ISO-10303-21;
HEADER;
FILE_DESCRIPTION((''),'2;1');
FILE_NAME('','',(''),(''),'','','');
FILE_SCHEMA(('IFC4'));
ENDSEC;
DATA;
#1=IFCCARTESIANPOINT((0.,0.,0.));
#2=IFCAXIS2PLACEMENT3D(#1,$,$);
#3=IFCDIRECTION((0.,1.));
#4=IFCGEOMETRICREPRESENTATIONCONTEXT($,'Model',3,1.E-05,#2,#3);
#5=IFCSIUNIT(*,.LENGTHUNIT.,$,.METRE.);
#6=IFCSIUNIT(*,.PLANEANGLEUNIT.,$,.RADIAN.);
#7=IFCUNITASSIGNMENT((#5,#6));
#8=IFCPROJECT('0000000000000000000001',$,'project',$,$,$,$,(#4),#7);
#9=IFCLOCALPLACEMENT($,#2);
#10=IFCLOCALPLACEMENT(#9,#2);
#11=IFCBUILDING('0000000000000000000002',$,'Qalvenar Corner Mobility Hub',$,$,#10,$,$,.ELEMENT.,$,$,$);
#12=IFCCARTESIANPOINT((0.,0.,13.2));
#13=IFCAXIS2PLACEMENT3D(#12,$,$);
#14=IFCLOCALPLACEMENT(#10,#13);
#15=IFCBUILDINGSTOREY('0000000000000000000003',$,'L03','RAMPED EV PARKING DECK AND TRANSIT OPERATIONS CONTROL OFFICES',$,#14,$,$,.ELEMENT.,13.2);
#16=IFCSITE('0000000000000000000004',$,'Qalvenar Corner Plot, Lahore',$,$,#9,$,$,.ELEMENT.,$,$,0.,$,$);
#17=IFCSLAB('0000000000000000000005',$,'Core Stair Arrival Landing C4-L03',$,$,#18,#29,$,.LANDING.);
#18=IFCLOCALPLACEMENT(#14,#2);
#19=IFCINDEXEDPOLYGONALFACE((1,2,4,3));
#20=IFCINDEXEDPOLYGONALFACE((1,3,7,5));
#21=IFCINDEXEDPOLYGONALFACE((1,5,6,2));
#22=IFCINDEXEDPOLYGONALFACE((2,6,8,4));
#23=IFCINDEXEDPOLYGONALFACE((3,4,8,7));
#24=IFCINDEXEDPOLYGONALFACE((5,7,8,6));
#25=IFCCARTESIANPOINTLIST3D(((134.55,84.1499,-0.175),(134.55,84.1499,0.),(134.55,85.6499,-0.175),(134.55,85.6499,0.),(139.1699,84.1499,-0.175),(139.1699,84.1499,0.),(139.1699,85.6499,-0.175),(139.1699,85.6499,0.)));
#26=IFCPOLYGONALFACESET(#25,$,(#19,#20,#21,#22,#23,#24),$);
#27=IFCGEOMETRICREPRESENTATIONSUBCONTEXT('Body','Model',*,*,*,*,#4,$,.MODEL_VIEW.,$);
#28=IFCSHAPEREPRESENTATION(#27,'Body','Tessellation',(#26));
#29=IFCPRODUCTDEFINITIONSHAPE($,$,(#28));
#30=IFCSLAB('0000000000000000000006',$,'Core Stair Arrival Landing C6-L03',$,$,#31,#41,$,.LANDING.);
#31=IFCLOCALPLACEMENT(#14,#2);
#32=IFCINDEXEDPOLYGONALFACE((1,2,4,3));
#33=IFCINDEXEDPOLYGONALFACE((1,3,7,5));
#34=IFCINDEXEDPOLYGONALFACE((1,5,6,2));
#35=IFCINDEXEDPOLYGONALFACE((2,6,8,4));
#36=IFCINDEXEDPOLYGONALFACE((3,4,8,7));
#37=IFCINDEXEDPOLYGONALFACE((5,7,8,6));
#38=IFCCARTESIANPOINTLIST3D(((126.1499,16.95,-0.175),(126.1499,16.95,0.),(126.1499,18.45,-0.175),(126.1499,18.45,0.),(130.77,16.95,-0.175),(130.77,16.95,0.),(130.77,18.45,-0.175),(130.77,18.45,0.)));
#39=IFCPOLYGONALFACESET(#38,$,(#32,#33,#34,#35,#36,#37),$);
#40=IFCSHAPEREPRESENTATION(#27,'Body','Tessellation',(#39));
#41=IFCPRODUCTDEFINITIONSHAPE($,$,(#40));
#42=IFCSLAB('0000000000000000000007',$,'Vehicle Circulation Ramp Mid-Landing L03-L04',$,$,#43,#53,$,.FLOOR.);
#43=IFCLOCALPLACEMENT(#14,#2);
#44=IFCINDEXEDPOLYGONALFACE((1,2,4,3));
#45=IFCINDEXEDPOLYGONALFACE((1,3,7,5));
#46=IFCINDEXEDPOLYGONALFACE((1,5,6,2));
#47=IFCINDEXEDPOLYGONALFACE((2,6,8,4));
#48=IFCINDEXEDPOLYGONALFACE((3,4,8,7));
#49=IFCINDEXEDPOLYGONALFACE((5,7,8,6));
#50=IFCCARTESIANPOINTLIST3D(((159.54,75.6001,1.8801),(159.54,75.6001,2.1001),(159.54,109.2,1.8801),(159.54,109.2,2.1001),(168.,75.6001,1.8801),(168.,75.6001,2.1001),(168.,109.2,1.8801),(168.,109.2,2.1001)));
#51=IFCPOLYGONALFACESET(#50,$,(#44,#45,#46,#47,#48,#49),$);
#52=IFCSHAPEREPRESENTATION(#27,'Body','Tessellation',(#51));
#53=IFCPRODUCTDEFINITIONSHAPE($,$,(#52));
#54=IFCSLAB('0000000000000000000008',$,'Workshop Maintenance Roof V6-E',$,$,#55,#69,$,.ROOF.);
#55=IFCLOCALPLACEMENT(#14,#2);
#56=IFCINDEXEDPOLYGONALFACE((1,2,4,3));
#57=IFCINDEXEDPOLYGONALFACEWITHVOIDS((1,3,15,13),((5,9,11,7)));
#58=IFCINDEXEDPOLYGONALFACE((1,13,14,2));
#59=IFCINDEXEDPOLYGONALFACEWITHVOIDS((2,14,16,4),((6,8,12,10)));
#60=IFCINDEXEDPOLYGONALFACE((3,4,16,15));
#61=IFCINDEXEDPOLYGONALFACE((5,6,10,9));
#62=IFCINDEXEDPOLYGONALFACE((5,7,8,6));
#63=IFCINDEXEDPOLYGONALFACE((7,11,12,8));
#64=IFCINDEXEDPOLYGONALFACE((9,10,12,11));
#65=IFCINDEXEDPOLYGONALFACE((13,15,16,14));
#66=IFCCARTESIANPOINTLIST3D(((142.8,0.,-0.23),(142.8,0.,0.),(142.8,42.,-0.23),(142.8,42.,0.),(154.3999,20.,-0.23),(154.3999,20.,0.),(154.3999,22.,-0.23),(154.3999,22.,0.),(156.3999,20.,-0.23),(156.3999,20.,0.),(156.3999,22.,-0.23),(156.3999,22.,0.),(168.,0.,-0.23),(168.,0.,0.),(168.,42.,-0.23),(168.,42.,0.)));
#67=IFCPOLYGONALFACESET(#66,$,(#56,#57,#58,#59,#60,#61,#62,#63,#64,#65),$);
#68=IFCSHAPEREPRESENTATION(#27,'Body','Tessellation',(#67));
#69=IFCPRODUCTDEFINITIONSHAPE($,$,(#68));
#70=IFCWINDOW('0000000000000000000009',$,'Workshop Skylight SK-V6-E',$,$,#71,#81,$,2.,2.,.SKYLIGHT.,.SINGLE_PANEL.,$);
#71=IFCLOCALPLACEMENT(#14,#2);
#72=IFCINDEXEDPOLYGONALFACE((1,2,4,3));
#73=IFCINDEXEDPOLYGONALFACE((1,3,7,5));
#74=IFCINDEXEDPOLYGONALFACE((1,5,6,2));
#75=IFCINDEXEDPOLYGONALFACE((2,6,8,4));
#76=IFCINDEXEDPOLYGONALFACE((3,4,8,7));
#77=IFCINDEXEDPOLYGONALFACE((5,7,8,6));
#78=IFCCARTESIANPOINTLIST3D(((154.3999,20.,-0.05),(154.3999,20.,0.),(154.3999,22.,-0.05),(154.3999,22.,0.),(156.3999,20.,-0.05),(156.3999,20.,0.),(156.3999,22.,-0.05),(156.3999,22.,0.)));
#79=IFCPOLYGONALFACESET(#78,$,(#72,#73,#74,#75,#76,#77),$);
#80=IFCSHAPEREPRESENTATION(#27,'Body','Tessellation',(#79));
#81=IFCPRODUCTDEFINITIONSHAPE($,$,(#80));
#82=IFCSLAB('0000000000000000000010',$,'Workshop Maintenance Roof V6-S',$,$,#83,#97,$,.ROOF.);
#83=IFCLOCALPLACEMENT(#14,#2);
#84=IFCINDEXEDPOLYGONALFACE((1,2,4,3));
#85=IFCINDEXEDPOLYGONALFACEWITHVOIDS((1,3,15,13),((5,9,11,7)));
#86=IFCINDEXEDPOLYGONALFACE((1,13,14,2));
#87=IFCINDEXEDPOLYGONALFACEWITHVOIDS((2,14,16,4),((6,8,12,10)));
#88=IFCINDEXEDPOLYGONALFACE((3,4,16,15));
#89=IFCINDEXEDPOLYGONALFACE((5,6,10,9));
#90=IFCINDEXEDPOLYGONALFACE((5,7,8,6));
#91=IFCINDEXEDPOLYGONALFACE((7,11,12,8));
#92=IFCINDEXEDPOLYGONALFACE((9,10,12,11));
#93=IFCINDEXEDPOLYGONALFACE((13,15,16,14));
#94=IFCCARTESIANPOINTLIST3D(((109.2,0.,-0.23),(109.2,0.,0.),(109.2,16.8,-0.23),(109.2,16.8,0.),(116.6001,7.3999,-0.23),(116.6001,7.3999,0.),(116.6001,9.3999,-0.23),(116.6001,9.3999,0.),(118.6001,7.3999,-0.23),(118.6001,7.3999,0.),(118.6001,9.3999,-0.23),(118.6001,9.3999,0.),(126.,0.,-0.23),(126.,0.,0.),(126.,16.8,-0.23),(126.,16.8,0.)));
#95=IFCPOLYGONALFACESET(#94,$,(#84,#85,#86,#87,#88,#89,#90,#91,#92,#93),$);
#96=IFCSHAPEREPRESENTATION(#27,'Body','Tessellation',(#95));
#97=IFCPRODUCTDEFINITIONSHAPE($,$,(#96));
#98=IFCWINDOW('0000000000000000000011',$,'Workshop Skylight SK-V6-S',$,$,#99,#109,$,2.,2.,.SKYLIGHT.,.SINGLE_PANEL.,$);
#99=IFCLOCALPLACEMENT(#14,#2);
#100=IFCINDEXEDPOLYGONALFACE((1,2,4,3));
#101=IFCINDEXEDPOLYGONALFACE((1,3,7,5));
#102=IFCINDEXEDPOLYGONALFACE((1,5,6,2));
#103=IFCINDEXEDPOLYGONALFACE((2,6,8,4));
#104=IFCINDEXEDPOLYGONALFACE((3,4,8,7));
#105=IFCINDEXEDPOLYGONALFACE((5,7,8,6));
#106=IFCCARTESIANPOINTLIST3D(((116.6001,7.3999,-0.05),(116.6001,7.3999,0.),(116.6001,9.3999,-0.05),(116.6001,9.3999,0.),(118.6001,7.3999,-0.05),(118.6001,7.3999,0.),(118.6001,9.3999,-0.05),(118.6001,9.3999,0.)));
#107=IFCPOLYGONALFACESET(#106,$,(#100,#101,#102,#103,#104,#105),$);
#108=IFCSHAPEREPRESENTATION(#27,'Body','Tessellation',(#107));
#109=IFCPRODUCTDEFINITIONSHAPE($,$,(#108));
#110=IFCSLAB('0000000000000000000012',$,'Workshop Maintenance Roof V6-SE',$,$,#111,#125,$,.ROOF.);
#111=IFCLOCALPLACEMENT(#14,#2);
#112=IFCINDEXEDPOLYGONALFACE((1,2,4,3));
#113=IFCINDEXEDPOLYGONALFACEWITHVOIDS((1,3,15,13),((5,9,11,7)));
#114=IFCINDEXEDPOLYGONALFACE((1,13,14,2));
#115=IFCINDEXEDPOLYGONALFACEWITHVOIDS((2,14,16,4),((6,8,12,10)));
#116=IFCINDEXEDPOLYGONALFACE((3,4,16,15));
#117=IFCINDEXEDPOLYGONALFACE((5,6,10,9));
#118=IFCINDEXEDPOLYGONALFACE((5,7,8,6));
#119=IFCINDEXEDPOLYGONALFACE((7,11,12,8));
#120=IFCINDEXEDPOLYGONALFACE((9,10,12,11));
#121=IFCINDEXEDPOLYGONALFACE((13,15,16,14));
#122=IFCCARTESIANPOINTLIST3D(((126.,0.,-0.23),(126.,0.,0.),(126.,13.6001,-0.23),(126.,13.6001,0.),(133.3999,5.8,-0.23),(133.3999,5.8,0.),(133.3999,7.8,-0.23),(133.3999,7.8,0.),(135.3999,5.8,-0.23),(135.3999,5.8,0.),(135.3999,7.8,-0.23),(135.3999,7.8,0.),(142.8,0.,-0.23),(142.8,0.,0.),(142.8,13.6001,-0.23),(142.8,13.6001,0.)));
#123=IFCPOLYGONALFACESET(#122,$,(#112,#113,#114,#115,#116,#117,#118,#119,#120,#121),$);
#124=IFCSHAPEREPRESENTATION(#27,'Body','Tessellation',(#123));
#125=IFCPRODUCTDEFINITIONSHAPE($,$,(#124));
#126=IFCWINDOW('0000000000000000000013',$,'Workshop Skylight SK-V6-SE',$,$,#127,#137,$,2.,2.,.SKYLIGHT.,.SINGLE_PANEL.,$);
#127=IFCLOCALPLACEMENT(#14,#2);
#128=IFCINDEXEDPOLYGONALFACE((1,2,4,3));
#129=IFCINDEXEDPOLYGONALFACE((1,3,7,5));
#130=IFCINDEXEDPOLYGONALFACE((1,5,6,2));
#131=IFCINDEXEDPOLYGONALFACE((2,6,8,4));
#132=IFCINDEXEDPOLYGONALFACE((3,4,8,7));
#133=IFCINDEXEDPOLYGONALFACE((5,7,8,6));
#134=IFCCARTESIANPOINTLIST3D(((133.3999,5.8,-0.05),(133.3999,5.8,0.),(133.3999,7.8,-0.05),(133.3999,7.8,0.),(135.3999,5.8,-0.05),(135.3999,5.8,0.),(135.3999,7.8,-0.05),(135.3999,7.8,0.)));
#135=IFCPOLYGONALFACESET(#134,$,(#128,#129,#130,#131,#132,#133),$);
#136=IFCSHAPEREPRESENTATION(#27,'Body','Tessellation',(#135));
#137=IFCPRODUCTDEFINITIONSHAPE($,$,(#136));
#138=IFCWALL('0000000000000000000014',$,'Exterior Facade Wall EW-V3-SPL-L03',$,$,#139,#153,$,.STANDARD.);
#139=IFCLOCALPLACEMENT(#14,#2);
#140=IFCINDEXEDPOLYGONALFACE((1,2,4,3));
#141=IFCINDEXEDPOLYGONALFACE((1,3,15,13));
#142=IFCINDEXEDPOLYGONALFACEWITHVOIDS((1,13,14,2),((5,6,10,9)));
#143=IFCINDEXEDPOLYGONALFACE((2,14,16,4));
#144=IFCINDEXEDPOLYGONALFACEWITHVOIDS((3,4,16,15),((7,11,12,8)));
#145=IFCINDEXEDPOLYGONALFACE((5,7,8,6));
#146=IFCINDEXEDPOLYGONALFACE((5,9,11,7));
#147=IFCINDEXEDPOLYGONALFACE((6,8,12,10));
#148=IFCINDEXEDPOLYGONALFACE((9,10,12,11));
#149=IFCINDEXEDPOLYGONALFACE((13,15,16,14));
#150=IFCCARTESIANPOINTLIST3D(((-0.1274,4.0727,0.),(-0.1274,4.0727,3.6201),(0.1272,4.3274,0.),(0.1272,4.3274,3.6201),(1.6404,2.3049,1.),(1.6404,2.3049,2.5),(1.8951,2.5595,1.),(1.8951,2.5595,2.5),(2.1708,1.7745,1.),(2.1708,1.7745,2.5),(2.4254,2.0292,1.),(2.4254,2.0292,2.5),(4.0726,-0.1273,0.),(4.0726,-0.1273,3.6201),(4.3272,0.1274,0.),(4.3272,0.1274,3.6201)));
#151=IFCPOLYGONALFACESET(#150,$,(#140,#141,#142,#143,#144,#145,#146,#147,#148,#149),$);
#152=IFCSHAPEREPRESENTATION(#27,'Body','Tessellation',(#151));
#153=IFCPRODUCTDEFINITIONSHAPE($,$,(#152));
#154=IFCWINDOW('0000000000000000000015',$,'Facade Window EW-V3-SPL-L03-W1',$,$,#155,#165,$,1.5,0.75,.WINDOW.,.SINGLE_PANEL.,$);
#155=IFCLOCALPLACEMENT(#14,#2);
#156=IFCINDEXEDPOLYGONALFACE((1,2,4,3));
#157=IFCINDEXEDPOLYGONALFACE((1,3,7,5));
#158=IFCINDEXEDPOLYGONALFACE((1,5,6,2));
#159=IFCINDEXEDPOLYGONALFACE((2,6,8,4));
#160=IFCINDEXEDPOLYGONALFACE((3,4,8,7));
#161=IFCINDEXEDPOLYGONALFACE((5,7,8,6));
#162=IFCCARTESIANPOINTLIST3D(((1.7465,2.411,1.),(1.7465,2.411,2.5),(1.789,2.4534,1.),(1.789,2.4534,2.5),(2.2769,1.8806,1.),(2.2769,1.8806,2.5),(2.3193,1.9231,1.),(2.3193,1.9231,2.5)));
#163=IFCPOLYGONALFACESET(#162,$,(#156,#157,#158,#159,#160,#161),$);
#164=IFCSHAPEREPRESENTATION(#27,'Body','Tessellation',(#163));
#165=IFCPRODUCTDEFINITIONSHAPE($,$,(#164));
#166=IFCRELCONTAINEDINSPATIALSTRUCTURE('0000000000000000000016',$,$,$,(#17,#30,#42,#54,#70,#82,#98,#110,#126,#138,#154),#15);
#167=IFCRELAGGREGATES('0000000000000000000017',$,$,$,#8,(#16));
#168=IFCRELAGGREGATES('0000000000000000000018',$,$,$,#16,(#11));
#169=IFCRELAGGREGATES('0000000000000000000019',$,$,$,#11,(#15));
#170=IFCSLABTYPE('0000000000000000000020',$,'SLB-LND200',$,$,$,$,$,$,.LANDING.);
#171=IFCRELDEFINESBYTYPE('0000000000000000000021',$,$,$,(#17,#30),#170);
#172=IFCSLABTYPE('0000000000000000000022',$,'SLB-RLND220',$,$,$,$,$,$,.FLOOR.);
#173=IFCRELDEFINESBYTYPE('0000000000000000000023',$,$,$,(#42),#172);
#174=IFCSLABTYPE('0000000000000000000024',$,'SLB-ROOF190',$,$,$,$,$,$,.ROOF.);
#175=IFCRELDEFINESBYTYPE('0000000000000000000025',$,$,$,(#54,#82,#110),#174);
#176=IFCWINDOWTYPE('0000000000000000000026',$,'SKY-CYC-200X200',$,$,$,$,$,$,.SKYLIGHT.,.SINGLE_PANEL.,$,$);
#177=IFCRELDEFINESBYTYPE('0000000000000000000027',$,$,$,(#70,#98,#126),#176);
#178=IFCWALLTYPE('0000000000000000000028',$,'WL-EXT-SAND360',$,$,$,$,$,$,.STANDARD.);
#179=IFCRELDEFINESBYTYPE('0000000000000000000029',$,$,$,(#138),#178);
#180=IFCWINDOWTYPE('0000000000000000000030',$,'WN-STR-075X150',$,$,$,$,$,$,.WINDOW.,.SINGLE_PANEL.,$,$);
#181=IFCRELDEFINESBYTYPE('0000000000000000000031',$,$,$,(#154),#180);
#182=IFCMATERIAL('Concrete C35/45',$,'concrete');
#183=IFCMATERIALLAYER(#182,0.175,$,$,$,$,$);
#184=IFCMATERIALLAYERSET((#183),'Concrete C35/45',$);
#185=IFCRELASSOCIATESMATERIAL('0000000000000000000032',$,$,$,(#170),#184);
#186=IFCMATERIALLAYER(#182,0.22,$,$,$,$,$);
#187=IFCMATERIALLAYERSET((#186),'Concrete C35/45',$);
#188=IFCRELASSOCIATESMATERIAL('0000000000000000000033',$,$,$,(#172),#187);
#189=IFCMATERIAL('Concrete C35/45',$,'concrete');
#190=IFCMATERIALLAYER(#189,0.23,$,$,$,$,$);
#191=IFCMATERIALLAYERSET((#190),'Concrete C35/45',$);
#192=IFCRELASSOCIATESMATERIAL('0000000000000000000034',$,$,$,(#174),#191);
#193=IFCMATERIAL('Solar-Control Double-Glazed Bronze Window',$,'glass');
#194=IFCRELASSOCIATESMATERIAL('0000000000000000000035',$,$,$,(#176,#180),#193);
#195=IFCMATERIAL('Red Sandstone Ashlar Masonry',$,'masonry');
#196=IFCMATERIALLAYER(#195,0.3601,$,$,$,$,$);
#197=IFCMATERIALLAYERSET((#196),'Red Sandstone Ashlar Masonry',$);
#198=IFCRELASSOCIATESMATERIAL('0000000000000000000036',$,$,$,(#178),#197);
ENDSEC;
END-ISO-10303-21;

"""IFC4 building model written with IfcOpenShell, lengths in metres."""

from ifc_helpers import new_model, si_unit, direction, frame, frame_2d, origin, origin_2d, place, context, subcontext, project, spatial, polyline, rectangle, outline, extrude, material, layer, layer_set, type_object, element, fill, save


model = new_model("IFC4")

# Units and contexts
model_context = context("Model", 3, precision=1e-05, world=origin(), true_north=direction((0.0, 1.0)))
body_context = subcontext(model_context, "Body", "Model", "MODEL_VIEW")
ifc_project = project(units=[si_unit("LENGTHUNIT", "METRE"), si_unit("PLANEANGLEUNIT", "RADIAN")], contexts=[model_context])

# Site, building, storey
site_placement = place(None, origin())
site = spatial("IfcSite", under=ifc_project, at=site_placement, Name="Qalvenar Corner Plot, Lahore", CompositionType="ELEMENT", RefElevation=0.0)
building_placement = place(site_placement, origin())
building = spatial("IfcBuilding", under=site, at=building_placement, Name="Qalvenar Corner Mobility Hub", CompositionType="ELEMENT")
storey_placement = place(building_placement, frame((0.0, 0.0, 13.2)))
storey = spatial("IfcBuildingStorey", under=building, at=storey_placement, Name="L03", Description="RAMPED EV PARKING DECK AND TRANSIT OPERATIONS CONTROL OFFICES", CompositionType="ELEMENT", Elevation=13.2)

# Shared definitions
ifc_material_1 = material(Name="Concrete C35/45", Category="concrete")

# Slabs
ifc_layer_1 = layer(ifc_material_1, 0.175)
ifc_layer_set_1 = layer_set([ifc_layer_1], Name="Concrete C35/45")
slab_type_1 = type_object("IfcSlabType", Name="SLB-LND200", PredefinedType="LANDING", material=ifc_layer_set_1)
slab_1_placement = place(storey_placement, frame((0.0, 0.0, -0.175)))
element("IfcSlab", 1, at=slab_1_placement, inside=storey, type_object=slab_type_1, Name="Core Stair Arrival Landing C4-L03", PredefinedType="LANDING", context=body_context, shape_type="SweptSolid", body=[
    extrude(outline(polyline([(134.55, 84.1499), (139.1699, 84.1499), (139.1699, 85.6499), (134.55, 85.6499), (134.55, 84.1499)])), origin(), (0.0, 0.0, 1.0), 0.175),
])
slab_2_placement = place(storey_placement, frame((0.0, 0.0, -0.175)))
element("IfcSlab", 2, at=slab_2_placement, inside=storey, type_object=slab_type_1, Name="Core Stair Arrival Landing C6-L03", PredefinedType="LANDING", context=body_context, shape_type="SweptSolid", body=[
    extrude(outline(polyline([(126.1499, 16.95), (130.77, 16.95), (130.77, 18.45), (126.1499, 18.45), (126.1499, 16.95)])), origin(), (0.0, 0.0, 1.0), 0.175),
])
ifc_layer_2 = layer(ifc_material_1, 0.22)
ifc_layer_set_2 = layer_set([ifc_layer_2], Name="Concrete C35/45")
slab_type_2 = type_object("IfcSlabType", Name="SLB-RLND220", PredefinedType="FLOOR", material=ifc_layer_set_2)
slab_3_placement = place(storey_placement, frame((0.0, 0.0, 1.8801)))
element("IfcSlab", 3, at=slab_3_placement, inside=storey, type_object=slab_type_2, Name="Vehicle Circulation Ramp Mid-Landing L03-L04", PredefinedType="FLOOR", context=body_context, shape_type="SweptSolid", body=[
    extrude(outline(polyline([(159.54, 75.6001), (168.0, 75.6001), (168.0, 109.2), (159.54, 109.2), (159.54, 75.6001)])), origin(), (0.0, 0.0, 1.0), 0.22),
])

# Slabs, openings, windows
ifc_material_2 = material(Name="Concrete C35/45", Category="concrete")
ifc_layer_3 = layer(ifc_material_2, 0.23)
ifc_layer_set_3 = layer_set([ifc_layer_3], Name="Concrete C35/45")
slab_type_3 = type_object("IfcSlabType", Name="SLB-ROOF190", PredefinedType="ROOF", material=ifc_layer_set_3)
slab_4_placement = place(storey_placement, frame((0.0, 0.0, -0.23)))
slab_4 = element("IfcSlab", 4, at=slab_4_placement, inside=storey, type_object=slab_type_3, Name="Workshop Maintenance Roof V6-E", PredefinedType="ROOF", context=body_context, shape_type="SweptSolid", body=[
    extrude(outline(polyline([(142.8, 0.0), (168.0, 0.0), (168.0, 42.0), (142.8, 42.0), (142.8, 0.0)]), holes=[polyline([(154.3999, 20.0), (156.3999, 20.0), (156.3999, 22.0), (154.3999, 22.0), (154.3999, 20.0)])]), origin(), (0.0, 0.0, 1.0), 0.23),
])
opening_1_placement = place(slab_4_placement, frame((155.3999, 21.0, 0.0)))
opening_1 = element("IfcOpeningElement", 5, at=opening_1_placement, cuts=slab_4, PredefinedType="OPENING", context=body_context, shape_type="SweptSolid", body=[
    extrude(rectangle(XDim=2.0, YDim=2.0, at=origin_2d()), origin(), (0.0, 0.0, 1.0), 0.23),
])
ifc_material_3 = material(Name="Solar-Control Double-Glazed Bronze Window", Category="glass")
window_type_1 = type_object("IfcWindowType", Name="SKY-CYC-200X200", PartitioningType="SINGLE_PANEL", PredefinedType="SKYLIGHT", material=ifc_material_3)
window_1_placement = place(opening_1_placement, frame((0.0, 0.0, 0.1799)))
window_1 = element("IfcWindow", 6, at=window_1_placement, inside=storey, type_object=window_type_1, Name="Workshop Skylight SK-V6-E", OverallHeight=2.0, OverallWidth=2.0, PartitioningType="SINGLE_PANEL", PredefinedType="SKYLIGHT", context=body_context, shape_type="SweptSolid", body=[
    extrude(rectangle(XDim=2.0, YDim=2.0, at=origin_2d()), origin(), (0.0, 0.0, 1.0), 0.05),
])
fill(opening_1, window_1)
slab_5_placement = place(storey_placement, frame((0.0, 0.0, -0.23)))
slab_5 = element("IfcSlab", 7, at=slab_5_placement, inside=storey, type_object=slab_type_3, Name="Workshop Maintenance Roof V6-S", PredefinedType="ROOF", context=body_context, shape_type="SweptSolid", body=[
    extrude(outline(polyline([(109.2, 0.0), (126.0, 0.0), (126.0, 16.8), (109.2, 16.8), (109.2, 0.0)]), holes=[polyline([(116.6001, 7.3999), (118.6001, 7.3999), (118.6001, 9.3999), (116.6001, 9.3999), (116.6001, 7.3999)])]), origin(), (0.0, 0.0, 1.0), 0.23),
])
opening_2_placement = place(slab_5_placement, frame((117.6001, 8.3999, 0.0)))
opening_2 = element("IfcOpeningElement", 8, at=opening_2_placement, cuts=slab_5, PredefinedType="OPENING", context=body_context, shape_type="SweptSolid", body=[
    extrude(rectangle(XDim=2.0, YDim=2.0, at=origin_2d()), origin(), (0.0, 0.0, 1.0), 0.23),
])
window_2_placement = place(opening_2_placement, frame((0.0, 0.0, 0.1799)))
window_2 = element("IfcWindow", 9, at=window_2_placement, inside=storey, type_object=window_type_1, Name="Workshop Skylight SK-V6-S", OverallHeight=2.0, OverallWidth=2.0, PartitioningType="SINGLE_PANEL", PredefinedType="SKYLIGHT", context=body_context, shape_type="SweptSolid", body=[
    extrude(rectangle(XDim=2.0, YDim=2.0, at=origin_2d()), origin(), (0.0, 0.0, 1.0), 0.05),
])
fill(opening_2, window_2)
slab_6_placement = place(storey_placement, frame((0.0, 0.0, -0.23)))
slab_6 = element("IfcSlab", 10, at=slab_6_placement, inside=storey, type_object=slab_type_3, Name="Workshop Maintenance Roof V6-SE", PredefinedType="ROOF", context=body_context, shape_type="SweptSolid", body=[
    extrude(outline(polyline([(126.0, 0.0), (142.8, 0.0), (142.8, 13.6001), (126.0, 13.6001), (126.0, 0.0)]), holes=[polyline([(133.3999, 5.8), (135.3999, 5.8), (135.3999, 7.8), (133.3999, 7.8), (133.3999, 5.8)])]), origin(), (0.0, 0.0, 1.0), 0.23),
])
opening_3_placement = place(slab_6_placement, frame((134.3999, 6.8, 0.0)))
opening_3 = element("IfcOpeningElement", 11, at=opening_3_placement, cuts=slab_6, PredefinedType="OPENING", context=body_context, shape_type="SweptSolid", body=[
    extrude(rectangle(XDim=2.0, YDim=2.0, at=origin_2d()), origin(), (0.0, 0.0, 1.0), 0.23),
])
window_3_placement = place(opening_3_placement, frame((0.0, 0.0, 0.1799)))
window_3 = element("IfcWindow", 12, at=window_3_placement, inside=storey, type_object=window_type_1, Name="Workshop Skylight SK-V6-SE", OverallHeight=2.0, OverallWidth=2.0, PartitioningType="SINGLE_PANEL", PredefinedType="SKYLIGHT", context=body_context, shape_type="SweptSolid", body=[
    extrude(rectangle(XDim=2.0, YDim=2.0, at=origin_2d()), origin(), (0.0, 0.0, 1.0), 0.05),
])
fill(opening_3, window_3)

# Wall, opening, window
ifc_material_4 = material(Name="Red Sandstone Ashlar Masonry", Category="masonry")
ifc_layer_4 = layer(ifc_material_4, 0.3601)
ifc_layer_set_4 = layer_set([ifc_layer_4], Name="Red Sandstone Ashlar Masonry")
wall_type = type_object("IfcWallType", Name="WL-EXT-SAND360", PredefinedType="STANDARD", material=ifc_layer_set_4)
wall_placement = place(storey_placement, frame((0.0, 4.2, 0.0), z_axis=(0.0, 0.0, 1.0), x_axis=(0.707107, -0.707107, 0.0)))
wall = element("IfcWall", 13, at=wall_placement, inside=storey, type_object=wall_type, Name="Exterior Facade Wall EW-V3-SPL-L03", PredefinedType="STANDARD", context=body_context, shape_type="SweptSolid", body=[
    extrude(rectangle(XDim=5.9397, YDim=0.3601, at=frame_2d((2.9697, 0.0))), origin(), (0.0, 0.0, 1.0), 3.6201),
])
opening_4_placement = place(wall_placement, frame((2.5, 0.0, 1.0)))
opening_4 = element("IfcOpeningElement", 14, at=opening_4_placement, cuts=wall, PredefinedType="OPENING", context=body_context, shape_type="SweptSolid", body=[
    extrude(rectangle(XDim=0.75, YDim=1.5, at=frame_2d((0.375, 0.75))), frame((0.0, 0.1899, 0.0), z_axis=(0.0, -1.0, 0.0), x_axis=(1.0, 0.0, 0.0)), (0.0, 0.0, 1.0), 0.3801),
])
window_type_2 = type_object("IfcWindowType", Name="WN-STR-075X150", PartitioningType="SINGLE_PANEL", PredefinedType="WINDOW", material=ifc_material_3)
window_4_placement = place(opening_4_placement, origin())
window_4 = element("IfcWindow", 15, at=window_4_placement, inside=storey, type_object=window_type_2, Name="Facade Window EW-V3-SPL-L03-W1", OverallHeight=1.5, OverallWidth=0.75, PartitioningType="SINGLE_PANEL", PredefinedType="WINDOW", context=body_context, shape_type="SweptSolid", body=[
    extrude(rectangle(XDim=0.75, YDim=1.5, at=frame_2d((0.375, 0.75))), frame((0.0, 0.03, 0.0), z_axis=(0.0, -1.0, 0.0), x_axis=(1.0, 0.0, 0.0)), (0.0, 0.0, 1.0), 0.0601),
])
fill(opening_4, window_4)

save(model, "model.ifc")
